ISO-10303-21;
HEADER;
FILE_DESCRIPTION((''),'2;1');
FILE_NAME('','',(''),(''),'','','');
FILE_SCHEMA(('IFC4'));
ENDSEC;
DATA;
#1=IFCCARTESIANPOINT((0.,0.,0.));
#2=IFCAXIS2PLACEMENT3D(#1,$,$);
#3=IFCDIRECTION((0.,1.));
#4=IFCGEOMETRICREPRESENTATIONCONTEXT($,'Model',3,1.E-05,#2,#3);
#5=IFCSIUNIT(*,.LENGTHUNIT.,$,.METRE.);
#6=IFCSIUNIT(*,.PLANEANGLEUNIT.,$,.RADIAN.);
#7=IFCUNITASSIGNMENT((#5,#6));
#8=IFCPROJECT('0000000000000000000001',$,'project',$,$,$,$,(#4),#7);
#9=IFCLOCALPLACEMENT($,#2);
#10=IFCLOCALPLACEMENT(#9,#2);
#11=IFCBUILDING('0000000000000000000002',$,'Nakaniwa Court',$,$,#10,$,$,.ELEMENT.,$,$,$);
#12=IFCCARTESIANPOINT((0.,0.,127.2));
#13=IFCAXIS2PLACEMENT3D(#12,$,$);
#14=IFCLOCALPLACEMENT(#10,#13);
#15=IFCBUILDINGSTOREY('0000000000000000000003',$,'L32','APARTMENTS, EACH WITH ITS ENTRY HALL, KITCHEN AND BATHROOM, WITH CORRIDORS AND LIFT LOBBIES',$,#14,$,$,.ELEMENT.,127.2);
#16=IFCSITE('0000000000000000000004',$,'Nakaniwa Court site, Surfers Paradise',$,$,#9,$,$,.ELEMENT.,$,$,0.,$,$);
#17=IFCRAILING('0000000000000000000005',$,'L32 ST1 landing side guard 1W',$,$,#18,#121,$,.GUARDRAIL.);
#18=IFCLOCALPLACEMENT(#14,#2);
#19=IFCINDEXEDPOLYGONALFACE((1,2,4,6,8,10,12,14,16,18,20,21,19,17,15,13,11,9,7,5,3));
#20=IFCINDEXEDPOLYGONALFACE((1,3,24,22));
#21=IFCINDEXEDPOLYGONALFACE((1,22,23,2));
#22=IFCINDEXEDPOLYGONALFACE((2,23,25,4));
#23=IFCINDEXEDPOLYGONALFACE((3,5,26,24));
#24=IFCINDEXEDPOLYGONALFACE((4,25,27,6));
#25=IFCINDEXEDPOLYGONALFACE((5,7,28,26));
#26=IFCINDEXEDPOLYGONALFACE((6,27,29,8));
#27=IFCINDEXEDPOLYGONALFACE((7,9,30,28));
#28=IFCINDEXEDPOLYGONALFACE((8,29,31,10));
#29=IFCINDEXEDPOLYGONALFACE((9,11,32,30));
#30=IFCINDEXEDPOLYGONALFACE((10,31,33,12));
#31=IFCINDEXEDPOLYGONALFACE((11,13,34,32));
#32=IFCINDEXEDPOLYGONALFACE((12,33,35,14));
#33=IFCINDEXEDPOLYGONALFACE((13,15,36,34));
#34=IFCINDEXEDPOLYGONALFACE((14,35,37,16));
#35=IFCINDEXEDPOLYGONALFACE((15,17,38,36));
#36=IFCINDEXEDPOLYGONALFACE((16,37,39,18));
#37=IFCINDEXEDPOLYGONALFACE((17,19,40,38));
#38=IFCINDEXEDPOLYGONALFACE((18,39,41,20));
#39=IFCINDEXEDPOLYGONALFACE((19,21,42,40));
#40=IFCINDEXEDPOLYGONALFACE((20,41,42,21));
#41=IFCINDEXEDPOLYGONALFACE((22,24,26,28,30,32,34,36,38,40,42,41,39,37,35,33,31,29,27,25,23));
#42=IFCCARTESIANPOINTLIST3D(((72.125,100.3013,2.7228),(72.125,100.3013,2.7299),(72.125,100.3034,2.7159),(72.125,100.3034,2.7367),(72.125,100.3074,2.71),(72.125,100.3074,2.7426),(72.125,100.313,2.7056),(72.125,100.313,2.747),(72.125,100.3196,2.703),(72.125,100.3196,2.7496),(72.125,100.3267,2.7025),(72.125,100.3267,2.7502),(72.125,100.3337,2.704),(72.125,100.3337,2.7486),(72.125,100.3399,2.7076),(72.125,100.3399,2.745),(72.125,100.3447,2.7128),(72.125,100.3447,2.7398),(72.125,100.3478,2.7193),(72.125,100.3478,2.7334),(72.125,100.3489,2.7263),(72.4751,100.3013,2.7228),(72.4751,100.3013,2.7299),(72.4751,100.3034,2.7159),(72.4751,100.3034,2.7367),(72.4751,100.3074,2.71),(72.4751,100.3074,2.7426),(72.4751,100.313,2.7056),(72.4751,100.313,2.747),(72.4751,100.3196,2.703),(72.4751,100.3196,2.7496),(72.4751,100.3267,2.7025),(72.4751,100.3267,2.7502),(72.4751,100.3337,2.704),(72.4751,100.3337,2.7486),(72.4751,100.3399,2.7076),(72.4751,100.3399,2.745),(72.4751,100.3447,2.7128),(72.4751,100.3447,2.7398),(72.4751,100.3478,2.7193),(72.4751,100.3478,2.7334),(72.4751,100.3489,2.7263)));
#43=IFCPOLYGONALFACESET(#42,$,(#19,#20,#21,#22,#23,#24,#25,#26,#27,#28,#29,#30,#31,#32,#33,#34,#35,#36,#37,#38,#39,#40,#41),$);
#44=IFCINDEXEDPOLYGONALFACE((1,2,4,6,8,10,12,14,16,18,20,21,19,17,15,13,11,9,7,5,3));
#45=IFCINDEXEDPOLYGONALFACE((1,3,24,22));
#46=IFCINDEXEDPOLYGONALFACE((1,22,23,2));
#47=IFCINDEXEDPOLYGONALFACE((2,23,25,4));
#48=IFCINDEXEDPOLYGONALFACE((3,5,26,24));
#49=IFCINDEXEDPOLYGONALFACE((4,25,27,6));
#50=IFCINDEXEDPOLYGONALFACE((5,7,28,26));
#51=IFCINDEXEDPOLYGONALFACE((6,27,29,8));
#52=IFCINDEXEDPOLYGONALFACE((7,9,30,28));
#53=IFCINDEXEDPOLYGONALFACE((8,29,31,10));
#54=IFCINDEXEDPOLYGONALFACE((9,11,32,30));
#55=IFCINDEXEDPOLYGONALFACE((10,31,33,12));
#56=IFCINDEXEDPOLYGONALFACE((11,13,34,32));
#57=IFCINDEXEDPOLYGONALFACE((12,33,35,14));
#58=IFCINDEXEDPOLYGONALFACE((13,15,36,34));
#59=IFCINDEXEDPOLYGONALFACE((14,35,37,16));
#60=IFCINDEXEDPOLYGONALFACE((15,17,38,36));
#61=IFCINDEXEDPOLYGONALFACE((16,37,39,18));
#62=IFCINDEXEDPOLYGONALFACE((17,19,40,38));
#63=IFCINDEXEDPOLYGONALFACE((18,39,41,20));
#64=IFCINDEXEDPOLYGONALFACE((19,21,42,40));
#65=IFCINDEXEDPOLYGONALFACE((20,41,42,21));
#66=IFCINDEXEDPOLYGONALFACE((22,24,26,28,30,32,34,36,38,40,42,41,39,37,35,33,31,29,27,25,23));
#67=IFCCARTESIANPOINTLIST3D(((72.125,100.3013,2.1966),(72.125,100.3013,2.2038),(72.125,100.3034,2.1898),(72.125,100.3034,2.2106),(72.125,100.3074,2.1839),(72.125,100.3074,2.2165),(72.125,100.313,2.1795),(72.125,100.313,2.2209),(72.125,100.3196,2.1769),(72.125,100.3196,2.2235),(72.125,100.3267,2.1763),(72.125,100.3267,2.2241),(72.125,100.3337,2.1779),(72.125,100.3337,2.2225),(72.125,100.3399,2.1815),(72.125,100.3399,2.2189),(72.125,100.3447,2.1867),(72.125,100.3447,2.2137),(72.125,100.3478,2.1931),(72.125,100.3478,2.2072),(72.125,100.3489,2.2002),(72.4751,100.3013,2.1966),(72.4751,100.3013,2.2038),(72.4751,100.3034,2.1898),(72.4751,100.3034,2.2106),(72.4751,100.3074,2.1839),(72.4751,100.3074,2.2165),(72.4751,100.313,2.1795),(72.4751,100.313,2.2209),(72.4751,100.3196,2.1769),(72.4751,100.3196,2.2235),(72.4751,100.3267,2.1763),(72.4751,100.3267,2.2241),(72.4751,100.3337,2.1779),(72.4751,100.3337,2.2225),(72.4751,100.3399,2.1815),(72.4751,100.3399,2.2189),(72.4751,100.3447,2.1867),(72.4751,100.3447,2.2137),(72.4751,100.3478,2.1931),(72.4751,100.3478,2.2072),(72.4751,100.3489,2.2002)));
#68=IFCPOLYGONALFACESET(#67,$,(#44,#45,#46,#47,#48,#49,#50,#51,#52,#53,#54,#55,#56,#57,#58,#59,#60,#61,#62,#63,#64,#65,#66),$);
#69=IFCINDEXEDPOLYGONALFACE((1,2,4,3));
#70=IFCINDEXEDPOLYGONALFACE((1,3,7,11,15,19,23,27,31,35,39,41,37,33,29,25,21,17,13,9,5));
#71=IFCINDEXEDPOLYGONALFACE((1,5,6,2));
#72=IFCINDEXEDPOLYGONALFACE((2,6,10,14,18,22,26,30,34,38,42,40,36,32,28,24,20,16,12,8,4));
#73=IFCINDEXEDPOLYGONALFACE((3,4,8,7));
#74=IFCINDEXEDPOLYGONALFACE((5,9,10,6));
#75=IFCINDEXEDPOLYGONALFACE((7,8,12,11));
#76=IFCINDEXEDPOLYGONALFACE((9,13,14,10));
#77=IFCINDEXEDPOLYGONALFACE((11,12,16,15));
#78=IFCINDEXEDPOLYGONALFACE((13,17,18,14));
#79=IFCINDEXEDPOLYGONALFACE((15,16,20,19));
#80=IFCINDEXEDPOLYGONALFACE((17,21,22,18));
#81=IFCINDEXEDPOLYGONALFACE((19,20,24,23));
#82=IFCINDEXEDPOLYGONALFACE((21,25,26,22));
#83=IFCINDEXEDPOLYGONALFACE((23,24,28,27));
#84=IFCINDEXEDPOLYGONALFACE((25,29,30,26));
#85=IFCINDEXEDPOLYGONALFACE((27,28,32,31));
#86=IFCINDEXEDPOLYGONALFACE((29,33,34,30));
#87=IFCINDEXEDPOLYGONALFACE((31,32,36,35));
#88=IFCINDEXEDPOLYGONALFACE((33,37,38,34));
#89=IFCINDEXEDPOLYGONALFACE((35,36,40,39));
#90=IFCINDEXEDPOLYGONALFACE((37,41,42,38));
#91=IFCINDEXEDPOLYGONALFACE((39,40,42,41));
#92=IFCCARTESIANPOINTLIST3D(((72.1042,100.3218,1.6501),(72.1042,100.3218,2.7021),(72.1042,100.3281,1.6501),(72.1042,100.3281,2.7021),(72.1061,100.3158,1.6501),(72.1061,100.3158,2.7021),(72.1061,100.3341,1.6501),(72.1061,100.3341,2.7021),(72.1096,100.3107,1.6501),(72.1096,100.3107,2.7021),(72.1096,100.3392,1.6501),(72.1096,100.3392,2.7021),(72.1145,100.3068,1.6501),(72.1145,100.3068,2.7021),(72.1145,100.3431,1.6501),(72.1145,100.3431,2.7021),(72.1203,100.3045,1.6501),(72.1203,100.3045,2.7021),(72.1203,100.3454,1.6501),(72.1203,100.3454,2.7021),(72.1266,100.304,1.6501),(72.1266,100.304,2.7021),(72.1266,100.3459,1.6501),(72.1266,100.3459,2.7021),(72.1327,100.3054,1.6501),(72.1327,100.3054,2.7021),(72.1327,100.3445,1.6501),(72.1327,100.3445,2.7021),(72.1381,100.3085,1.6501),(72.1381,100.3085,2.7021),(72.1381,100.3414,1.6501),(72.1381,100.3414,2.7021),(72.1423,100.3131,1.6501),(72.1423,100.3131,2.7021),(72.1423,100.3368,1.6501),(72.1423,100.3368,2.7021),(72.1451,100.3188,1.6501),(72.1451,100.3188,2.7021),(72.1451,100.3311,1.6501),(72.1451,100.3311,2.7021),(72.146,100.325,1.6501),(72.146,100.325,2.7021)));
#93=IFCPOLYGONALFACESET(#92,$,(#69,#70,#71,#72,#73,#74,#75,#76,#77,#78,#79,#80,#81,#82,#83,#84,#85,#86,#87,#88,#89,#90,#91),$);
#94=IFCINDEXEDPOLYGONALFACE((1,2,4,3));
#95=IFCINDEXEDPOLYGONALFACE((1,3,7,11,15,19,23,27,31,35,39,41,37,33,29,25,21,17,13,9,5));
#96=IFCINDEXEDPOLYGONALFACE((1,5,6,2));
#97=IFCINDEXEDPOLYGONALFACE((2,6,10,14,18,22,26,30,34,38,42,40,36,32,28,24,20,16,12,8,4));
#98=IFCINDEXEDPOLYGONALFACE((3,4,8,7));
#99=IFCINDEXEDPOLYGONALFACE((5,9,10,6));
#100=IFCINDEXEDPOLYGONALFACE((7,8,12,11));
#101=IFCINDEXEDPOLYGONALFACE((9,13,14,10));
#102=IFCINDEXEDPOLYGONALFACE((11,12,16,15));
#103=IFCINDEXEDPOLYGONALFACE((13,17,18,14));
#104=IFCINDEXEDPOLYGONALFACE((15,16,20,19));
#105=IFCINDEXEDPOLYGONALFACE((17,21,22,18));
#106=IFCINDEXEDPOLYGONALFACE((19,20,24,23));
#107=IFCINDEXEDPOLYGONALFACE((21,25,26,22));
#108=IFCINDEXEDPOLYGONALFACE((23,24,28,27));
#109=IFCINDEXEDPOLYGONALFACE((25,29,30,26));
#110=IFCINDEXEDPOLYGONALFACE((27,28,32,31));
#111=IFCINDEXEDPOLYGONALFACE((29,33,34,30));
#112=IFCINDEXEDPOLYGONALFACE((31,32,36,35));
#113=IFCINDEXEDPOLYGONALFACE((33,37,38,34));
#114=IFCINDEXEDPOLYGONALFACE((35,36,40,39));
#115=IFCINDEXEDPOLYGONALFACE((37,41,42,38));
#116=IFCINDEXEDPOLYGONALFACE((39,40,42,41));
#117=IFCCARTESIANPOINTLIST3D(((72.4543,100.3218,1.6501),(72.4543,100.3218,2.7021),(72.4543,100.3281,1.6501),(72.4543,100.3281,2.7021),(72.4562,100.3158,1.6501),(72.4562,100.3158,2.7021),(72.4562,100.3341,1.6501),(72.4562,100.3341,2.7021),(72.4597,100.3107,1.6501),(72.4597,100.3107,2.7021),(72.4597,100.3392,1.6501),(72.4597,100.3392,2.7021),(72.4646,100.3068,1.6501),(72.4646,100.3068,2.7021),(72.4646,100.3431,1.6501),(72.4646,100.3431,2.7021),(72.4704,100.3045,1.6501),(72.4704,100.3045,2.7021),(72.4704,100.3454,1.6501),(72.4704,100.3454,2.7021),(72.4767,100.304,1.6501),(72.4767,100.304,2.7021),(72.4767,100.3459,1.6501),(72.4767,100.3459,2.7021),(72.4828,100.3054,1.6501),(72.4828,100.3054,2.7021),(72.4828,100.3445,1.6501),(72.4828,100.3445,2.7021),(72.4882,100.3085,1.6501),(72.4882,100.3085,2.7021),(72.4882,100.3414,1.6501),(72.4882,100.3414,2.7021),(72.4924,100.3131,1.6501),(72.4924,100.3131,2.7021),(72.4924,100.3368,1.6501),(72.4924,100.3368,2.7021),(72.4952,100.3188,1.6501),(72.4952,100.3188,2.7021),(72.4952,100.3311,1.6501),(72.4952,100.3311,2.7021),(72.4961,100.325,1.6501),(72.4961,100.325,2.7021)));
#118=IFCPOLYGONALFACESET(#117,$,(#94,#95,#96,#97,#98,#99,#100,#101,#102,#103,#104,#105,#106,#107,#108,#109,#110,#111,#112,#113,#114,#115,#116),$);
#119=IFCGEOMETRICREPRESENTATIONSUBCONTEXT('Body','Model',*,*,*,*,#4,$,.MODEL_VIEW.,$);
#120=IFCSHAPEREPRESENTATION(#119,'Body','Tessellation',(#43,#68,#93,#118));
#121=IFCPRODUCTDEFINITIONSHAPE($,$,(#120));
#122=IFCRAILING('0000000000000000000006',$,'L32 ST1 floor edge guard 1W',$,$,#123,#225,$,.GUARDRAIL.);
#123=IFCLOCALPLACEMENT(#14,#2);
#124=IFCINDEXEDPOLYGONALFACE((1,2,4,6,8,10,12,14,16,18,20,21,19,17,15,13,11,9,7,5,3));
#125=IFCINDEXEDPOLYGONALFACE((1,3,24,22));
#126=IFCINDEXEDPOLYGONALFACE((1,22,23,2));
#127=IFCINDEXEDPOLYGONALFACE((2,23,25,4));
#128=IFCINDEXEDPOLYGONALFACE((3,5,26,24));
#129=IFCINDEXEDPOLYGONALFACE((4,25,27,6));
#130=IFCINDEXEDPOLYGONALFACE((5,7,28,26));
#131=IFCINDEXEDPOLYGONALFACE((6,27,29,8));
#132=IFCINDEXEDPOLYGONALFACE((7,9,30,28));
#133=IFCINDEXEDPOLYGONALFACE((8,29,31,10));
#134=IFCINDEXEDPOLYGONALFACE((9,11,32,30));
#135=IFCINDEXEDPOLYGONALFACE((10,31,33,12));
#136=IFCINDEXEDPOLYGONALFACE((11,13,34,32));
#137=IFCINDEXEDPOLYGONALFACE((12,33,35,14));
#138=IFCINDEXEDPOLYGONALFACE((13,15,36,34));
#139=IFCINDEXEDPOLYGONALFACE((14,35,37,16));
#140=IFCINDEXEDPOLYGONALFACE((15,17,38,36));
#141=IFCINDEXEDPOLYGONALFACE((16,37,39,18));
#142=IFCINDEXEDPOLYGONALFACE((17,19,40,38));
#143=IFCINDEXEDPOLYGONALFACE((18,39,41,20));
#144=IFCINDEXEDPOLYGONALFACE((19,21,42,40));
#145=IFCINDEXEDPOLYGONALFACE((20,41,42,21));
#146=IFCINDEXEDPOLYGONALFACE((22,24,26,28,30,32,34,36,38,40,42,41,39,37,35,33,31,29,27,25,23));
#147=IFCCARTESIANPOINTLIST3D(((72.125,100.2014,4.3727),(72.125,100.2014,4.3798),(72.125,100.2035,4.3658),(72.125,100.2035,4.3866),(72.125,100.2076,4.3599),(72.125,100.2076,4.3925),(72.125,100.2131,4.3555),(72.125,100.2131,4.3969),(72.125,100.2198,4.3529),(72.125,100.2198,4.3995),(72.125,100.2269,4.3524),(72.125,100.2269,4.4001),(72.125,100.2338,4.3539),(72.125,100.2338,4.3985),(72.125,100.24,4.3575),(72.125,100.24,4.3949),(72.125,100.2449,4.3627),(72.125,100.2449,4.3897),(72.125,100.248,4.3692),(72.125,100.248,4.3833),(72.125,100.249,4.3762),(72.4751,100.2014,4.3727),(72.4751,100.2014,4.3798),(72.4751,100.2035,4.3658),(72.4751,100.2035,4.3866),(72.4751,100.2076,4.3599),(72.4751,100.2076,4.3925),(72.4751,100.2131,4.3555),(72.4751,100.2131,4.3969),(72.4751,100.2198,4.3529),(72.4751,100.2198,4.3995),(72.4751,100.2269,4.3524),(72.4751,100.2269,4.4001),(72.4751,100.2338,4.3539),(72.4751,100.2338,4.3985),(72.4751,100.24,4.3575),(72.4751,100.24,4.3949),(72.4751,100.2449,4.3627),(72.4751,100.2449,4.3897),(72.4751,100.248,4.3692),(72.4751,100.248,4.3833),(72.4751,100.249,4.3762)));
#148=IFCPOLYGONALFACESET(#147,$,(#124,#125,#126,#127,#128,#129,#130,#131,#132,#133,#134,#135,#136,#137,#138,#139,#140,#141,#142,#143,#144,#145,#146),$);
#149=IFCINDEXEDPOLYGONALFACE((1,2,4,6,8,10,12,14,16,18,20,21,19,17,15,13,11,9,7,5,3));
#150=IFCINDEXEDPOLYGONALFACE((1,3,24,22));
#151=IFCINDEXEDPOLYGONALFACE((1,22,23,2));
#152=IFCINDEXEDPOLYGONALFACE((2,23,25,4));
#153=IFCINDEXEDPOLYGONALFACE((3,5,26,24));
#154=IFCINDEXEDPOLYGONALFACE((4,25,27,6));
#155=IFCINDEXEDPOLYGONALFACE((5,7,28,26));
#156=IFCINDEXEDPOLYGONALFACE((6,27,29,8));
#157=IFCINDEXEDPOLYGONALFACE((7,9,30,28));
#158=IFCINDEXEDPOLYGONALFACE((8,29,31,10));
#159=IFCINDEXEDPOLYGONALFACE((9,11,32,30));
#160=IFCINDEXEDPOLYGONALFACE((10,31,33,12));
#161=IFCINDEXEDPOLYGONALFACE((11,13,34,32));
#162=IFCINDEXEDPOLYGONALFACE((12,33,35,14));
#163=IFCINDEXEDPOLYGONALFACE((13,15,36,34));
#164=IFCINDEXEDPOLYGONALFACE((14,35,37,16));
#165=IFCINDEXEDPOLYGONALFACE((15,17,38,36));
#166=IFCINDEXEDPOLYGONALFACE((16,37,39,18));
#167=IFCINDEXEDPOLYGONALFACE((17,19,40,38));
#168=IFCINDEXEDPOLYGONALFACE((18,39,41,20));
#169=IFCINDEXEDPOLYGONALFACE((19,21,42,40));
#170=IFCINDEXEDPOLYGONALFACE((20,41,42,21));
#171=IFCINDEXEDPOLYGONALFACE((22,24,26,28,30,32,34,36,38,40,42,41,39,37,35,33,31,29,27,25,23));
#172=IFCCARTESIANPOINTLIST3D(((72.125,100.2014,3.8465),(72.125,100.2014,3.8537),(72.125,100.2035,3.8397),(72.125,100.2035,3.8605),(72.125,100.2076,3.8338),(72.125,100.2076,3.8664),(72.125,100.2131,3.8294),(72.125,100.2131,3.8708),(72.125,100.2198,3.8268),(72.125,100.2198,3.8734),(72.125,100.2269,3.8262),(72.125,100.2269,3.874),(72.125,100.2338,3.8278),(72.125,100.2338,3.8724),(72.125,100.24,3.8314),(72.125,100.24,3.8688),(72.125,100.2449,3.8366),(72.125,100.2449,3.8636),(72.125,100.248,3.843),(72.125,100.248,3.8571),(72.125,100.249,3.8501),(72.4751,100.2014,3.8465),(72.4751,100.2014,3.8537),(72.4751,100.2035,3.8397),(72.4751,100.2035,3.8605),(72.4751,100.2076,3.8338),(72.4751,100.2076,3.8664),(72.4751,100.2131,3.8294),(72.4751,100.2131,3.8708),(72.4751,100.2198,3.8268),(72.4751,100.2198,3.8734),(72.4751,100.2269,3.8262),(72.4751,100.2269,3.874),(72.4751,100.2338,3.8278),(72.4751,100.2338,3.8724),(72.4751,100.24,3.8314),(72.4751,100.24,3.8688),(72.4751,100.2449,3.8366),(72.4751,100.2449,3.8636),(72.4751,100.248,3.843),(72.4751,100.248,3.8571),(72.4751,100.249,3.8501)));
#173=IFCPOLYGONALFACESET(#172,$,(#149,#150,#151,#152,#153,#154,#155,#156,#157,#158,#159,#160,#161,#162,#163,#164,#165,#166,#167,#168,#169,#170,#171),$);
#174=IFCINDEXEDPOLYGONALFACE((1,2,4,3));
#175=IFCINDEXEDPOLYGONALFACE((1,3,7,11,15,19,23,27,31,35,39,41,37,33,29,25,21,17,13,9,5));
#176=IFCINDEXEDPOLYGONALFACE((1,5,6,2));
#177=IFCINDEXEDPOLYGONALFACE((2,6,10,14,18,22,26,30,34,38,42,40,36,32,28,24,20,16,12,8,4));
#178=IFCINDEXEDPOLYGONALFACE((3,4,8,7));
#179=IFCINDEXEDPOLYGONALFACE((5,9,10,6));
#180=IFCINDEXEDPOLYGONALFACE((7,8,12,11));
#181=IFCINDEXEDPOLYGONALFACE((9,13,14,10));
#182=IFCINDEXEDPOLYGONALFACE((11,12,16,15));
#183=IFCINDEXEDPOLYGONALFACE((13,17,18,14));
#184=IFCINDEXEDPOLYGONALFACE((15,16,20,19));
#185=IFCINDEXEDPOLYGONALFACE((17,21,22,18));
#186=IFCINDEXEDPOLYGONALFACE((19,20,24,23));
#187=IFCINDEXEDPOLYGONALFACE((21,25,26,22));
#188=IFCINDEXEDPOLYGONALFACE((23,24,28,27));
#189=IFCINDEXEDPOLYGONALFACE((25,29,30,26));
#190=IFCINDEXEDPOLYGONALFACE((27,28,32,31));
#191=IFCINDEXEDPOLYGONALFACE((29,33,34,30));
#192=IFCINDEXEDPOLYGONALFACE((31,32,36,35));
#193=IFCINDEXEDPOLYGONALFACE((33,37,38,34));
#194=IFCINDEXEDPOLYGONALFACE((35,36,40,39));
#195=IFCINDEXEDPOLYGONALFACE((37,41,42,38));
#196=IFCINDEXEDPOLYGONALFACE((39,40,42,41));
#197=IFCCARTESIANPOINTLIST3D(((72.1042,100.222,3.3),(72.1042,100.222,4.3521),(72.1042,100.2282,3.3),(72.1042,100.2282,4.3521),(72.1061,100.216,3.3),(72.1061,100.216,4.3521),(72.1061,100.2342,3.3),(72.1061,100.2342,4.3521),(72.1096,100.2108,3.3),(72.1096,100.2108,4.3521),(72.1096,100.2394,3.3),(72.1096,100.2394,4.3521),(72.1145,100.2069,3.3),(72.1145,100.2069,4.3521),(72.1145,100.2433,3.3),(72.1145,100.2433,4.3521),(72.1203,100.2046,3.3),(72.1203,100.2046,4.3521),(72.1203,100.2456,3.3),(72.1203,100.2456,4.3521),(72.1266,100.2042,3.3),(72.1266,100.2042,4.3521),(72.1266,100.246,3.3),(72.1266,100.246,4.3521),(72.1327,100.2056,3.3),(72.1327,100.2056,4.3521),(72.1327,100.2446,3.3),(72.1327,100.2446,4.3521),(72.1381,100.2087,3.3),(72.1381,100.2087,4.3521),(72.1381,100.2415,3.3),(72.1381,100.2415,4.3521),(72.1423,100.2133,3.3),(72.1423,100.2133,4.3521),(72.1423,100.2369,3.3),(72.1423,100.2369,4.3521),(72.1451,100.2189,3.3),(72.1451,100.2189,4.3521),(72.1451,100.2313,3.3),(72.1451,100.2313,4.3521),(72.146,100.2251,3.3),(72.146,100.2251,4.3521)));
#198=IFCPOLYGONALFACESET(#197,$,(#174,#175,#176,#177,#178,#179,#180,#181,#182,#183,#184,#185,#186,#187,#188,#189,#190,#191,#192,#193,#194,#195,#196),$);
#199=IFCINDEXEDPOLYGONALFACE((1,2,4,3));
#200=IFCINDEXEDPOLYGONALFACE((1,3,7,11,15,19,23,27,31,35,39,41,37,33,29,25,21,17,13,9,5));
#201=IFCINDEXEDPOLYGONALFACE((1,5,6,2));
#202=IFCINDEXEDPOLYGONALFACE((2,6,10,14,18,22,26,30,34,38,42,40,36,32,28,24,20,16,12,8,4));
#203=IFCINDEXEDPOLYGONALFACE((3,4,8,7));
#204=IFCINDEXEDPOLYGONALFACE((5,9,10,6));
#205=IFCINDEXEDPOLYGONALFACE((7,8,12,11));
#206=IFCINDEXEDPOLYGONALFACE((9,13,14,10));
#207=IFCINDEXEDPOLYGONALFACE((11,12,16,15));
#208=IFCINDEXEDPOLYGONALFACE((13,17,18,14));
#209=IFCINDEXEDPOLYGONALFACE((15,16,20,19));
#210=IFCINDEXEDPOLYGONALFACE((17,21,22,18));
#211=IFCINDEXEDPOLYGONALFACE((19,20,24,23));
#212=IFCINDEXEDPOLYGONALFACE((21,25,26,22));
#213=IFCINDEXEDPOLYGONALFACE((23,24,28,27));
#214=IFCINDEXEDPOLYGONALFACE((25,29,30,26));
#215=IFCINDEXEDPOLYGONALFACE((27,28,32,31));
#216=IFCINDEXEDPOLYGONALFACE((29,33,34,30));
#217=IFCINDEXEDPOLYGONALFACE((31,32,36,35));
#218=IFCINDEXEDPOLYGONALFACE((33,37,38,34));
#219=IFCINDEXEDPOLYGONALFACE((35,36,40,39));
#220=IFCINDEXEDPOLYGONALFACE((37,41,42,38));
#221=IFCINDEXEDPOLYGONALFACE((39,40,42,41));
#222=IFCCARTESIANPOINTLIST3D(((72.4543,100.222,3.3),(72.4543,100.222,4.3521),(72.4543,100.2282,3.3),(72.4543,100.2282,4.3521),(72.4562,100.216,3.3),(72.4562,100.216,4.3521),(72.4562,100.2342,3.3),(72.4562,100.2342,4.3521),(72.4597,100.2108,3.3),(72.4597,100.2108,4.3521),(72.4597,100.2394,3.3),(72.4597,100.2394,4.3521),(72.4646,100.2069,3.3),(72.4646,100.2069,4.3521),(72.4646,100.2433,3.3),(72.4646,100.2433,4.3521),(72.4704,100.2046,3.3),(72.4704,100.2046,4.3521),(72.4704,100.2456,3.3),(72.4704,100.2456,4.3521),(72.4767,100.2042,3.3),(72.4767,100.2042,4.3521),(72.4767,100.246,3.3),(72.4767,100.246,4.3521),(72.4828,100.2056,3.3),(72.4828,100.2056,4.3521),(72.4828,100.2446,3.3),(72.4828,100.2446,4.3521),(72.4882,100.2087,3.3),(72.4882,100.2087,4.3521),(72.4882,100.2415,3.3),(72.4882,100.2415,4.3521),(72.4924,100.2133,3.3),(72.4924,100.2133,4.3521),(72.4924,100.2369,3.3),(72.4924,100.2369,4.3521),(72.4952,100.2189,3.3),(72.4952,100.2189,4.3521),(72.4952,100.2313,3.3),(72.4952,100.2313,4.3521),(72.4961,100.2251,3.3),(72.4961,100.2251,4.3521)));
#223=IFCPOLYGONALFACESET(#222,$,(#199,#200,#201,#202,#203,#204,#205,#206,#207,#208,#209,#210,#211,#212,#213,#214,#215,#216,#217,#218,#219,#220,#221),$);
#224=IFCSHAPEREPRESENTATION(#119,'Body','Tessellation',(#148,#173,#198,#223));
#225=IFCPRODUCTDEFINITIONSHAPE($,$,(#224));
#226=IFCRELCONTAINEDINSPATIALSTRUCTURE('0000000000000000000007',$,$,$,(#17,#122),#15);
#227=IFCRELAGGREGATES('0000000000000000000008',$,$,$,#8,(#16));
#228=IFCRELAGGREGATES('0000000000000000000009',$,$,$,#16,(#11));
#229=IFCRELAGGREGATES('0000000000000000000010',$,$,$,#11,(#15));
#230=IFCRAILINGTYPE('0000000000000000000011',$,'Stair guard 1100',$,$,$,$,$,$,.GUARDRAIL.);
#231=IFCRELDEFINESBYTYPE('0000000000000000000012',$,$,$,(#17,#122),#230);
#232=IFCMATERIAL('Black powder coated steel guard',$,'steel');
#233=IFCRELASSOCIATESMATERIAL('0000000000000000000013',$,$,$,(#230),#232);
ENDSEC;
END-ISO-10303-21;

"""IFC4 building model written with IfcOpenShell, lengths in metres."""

from ifc_helpers import new_model, si_unit, direction, frame, origin, origin_2d, place, context, subcontext, project, spatial, circle, extrude, material, type_object, element, save


model = new_model("IFC4")

# Units and contexts
model_context = context("Model", 3, precision=1e-05, world=origin(), true_north=direction((0.0, 1.0)))
body_context = subcontext(model_context, "Body", "Model", "MODEL_VIEW")
ifc_project = project(units=[si_unit("LENGTHUNIT", "METRE"), si_unit("PLANEANGLEUNIT", "RADIAN")], contexts=[model_context])

# Site, building, storey
site_placement = place(None, origin())
site = spatial("IfcSite", under=ifc_project, at=site_placement, Name="Nakaniwa Court site, Surfers Paradise", CompositionType="ELEMENT", RefElevation=0.0)
building_placement = place(site_placement, origin())
building = spatial("IfcBuilding", under=site, at=building_placement, Name="Nakaniwa Court", CompositionType="ELEMENT")
storey_placement = place(building_placement, frame((0.0, 0.0, 127.2)))
storey = spatial("IfcBuildingStorey", under=building, at=storey_placement, Name="L32", Description="APARTMENTS, EACH WITH ITS ENTRY HALL, KITCHEN AND BATHROOM, WITH CORRIDORS AND LIFT LOBBIES", CompositionType="ELEMENT", Elevation=127.2)

# Railings
ifc_material_1 = material(Name="Black powder coated steel guard", Category="steel")
railing_type_1 = type_object("IfcRailingType", Name="Stair guard 1100", PredefinedType="GUARDRAIL", material=ifc_material_1)
for number, where, name in (
    (1, (72.125, 100.325, 1.6501), "L32 ST1 landing side guard 1W"),
    (2, (72.125, 100.2251, 3.3), "L32 ST1 floor edge guard 1W"),
):
    element("IfcRailing", number, at=place(storey_placement, frame(where)), inside=storey, type_object=railing_type_1, Name=name, PredefinedType="GUARDRAIL", context=body_context, shape_type="SweptSolid", body=[
        extrude(circle(Radius=0.0239, at=origin_2d()), frame((0.0, 0.0, 1.0762), z_axis=(1.0, 0.0, 0.0), x_axis=(0.0, 1.0, 0.0)), (0.0, 0.0, 1.0), 0.3501),
        extrude(circle(Radius=0.0239, at=origin_2d()), frame((0.0, 0.0, 0.55), z_axis=(1.0, 0.0, 0.0), x_axis=(0.0, 1.0, 0.0)), (0.0, 0.0, 1.0), 0.3501),
        extrude(circle(Radius=0.021, at=origin_2d()), origin(), (0.0, 0.0, 1.0), 1.052),
        extrude(circle(Radius=0.021, at=origin_2d()), frame((0.3501, 0.0, 0.0)), (0.0, 0.0, 1.0), 1.052),
    ])

save(model, "model.ifc")
